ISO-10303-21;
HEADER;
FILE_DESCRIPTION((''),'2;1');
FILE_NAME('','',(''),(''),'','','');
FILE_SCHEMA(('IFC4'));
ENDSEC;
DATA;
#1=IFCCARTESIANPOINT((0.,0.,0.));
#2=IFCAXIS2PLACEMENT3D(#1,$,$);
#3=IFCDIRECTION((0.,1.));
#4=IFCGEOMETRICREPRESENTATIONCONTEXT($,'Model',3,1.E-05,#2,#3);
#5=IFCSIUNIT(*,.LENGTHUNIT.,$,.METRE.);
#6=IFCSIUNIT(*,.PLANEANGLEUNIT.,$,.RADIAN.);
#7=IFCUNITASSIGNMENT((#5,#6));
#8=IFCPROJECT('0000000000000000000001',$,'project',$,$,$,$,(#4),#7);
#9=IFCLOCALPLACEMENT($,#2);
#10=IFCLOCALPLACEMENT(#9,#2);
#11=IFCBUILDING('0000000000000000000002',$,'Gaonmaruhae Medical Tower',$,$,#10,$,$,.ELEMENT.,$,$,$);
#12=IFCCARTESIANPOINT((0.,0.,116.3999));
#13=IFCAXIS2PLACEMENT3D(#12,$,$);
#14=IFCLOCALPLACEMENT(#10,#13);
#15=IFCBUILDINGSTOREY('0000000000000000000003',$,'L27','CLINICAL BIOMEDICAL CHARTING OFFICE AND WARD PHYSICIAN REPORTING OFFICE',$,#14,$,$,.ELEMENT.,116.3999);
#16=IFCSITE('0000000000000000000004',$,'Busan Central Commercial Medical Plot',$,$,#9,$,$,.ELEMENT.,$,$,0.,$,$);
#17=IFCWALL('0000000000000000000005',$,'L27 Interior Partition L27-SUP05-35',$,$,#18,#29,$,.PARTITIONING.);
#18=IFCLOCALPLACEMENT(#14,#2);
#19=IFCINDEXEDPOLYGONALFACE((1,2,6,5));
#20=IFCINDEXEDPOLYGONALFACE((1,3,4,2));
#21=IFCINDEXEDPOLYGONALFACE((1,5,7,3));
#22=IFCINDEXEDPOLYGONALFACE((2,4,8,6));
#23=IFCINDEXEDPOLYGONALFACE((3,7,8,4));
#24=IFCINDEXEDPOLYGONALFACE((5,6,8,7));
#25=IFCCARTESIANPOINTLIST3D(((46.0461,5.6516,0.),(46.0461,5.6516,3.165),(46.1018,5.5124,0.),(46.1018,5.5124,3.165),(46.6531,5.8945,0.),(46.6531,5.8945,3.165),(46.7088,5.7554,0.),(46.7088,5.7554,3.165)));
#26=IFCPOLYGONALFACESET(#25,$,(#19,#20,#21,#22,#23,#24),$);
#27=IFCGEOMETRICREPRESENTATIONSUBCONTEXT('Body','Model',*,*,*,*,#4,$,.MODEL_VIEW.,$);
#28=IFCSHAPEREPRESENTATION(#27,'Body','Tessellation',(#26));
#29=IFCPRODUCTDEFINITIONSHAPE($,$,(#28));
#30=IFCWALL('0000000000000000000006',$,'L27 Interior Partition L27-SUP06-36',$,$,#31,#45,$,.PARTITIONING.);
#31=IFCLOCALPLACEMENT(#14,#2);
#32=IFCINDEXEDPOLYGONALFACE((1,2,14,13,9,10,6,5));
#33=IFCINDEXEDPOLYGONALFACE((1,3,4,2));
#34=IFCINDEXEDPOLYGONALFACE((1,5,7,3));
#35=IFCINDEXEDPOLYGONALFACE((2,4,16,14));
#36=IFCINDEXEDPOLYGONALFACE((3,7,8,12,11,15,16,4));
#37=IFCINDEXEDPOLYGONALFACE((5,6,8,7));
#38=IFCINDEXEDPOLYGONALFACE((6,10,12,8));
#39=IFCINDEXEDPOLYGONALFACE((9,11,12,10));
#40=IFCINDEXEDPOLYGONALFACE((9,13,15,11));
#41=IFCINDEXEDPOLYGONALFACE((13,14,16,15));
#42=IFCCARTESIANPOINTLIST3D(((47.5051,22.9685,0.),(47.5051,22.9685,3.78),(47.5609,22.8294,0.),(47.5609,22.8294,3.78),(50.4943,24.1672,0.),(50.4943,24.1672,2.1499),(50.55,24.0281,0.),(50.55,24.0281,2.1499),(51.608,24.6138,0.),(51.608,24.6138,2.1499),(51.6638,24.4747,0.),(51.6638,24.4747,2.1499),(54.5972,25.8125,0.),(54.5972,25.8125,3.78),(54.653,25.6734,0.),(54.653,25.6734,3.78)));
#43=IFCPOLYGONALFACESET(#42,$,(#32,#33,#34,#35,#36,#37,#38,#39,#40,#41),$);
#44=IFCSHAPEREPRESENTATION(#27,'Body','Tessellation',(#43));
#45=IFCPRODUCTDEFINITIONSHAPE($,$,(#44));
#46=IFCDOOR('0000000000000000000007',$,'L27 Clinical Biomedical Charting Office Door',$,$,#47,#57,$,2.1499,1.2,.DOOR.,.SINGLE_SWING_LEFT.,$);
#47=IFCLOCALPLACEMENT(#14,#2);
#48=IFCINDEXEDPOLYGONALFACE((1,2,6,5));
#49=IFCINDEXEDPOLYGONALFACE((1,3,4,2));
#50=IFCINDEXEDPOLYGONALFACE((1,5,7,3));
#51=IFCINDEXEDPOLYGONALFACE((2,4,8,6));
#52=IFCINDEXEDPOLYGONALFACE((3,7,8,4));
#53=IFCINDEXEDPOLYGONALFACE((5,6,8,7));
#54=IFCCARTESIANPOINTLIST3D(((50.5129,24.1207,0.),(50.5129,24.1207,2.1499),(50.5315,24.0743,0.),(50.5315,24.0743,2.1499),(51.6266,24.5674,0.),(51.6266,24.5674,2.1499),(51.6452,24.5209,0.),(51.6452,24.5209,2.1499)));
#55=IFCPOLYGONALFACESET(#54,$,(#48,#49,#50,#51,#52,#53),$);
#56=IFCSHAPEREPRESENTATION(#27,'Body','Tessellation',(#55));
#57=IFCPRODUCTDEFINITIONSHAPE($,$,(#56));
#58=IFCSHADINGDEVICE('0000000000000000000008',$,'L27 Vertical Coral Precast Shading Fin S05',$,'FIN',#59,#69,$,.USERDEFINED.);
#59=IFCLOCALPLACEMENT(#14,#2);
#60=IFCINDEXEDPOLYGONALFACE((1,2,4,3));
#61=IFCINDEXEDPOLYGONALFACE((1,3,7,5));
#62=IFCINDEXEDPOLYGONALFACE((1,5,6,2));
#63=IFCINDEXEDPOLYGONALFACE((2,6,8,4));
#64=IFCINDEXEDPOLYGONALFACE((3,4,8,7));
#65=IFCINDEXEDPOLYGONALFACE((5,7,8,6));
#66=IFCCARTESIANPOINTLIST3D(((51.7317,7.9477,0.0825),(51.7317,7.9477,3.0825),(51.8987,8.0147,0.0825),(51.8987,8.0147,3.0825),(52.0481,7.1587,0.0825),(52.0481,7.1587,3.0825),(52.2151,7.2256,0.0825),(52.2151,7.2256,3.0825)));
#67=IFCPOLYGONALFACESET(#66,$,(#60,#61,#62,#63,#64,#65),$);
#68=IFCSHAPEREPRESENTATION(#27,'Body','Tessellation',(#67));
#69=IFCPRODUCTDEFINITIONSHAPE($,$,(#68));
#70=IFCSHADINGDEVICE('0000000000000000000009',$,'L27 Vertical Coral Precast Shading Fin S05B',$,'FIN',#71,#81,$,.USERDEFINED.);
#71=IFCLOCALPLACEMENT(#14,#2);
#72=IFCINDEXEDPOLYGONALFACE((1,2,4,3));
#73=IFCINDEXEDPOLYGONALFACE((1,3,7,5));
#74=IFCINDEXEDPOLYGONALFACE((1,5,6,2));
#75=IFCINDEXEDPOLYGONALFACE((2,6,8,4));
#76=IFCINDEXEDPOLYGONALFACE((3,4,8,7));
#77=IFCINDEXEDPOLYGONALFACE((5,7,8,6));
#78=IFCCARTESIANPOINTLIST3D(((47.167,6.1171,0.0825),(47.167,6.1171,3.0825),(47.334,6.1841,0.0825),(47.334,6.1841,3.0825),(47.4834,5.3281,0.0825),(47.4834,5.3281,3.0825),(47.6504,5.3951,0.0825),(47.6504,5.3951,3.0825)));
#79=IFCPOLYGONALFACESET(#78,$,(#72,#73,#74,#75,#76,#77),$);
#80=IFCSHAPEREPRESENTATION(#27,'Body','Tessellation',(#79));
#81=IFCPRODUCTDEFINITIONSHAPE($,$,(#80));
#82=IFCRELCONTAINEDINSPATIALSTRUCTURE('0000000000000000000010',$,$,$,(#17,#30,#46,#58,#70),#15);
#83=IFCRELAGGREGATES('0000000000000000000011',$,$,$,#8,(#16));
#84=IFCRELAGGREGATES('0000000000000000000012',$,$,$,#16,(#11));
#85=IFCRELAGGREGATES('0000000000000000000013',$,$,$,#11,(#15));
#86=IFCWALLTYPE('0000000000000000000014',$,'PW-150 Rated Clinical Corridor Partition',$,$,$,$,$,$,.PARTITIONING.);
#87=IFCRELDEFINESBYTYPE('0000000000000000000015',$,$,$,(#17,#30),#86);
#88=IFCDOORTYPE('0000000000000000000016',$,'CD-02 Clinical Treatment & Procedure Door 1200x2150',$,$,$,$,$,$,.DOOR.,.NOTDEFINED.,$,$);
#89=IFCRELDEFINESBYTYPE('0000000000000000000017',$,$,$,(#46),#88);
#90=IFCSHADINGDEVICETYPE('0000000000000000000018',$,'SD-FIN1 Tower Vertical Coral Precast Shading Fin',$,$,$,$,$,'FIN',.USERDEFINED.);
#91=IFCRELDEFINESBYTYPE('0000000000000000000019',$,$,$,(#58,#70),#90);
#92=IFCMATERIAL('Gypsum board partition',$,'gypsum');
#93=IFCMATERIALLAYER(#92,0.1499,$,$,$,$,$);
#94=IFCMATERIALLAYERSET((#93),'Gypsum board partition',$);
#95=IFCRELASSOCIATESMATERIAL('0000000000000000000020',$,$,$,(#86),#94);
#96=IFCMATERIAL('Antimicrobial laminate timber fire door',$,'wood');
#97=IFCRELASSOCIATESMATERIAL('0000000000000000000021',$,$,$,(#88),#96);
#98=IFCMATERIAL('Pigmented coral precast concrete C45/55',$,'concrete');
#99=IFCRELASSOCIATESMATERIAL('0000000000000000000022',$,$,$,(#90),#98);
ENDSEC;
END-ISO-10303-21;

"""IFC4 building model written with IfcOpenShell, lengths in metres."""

from ifc_helpers import new_model, si_unit, direction, frame, frame_2d, origin, origin_2d, place, context, subcontext, project, spatial, rectangle, extrude, material, layer, layer_set, type_object, element, fill, save


model = new_model("IFC4")

# Units and contexts
model_context = context("Model", 3, precision=1e-05, world=origin(), true_north=direction((0.0, 1.0)))
body_context = subcontext(model_context, "Body", "Model", "MODEL_VIEW")
ifc_project = project(units=[si_unit("LENGTHUNIT", "METRE"), si_unit("PLANEANGLEUNIT", "RADIAN")], contexts=[model_context])

# Site, building, storey
site_placement = place(None, origin())
site = spatial("IfcSite", under=ifc_project, at=site_placement, Name="Busan Central Commercial Medical Plot", CompositionType="ELEMENT", RefElevation=0.0)
building_placement = place(site_placement, origin())
building = spatial("IfcBuilding", under=site, at=building_placement, Name="Gaonmaruhae Medical Tower", CompositionType="ELEMENT")
storey_placement = place(building_placement, frame((0.0, 0.0, 116.3999)))
storey = spatial("IfcBuildingStorey", under=building, at=storey_placement, Name="L27", Description="CLINICAL BIOMEDICAL CHARTING OFFICE AND WARD PHYSICIAN REPORTING OFFICE", CompositionType="ELEMENT", Elevation=116.3999)

# Shared definitions
ifc_material_1 = material(Name="Gypsum board partition", Category="gypsum")
ifc_layer_1 = layer(ifc_material_1, 0.1499)
ifc_layer_set_1 = layer_set([ifc_layer_1], Name="Gypsum board partition")
wall_type_1 = type_object("IfcWallType", Name="PW-150 Rated Clinical Corridor Partition", PredefinedType="PARTITIONING", material=ifc_layer_set_1)

# Shared definitions
ifc_material_2 = material(Name="Antimicrobial laminate timber fire door", Category="wood")
door_type = type_object("IfcDoorType", Name="CD-02 Clinical Treatment & Procedure Door 1200x2150", OperationType="NOTDEFINED", PredefinedType="DOOR", material=ifc_material_2)

# Wall
wall_1_placement = place(storey_placement, frame((46.6809, 5.825, 0.0), z_axis=(0.0, 0.0, 1.0), x_axis=(-0.928399, -0.371584, 0.0)))
element("IfcWall", 1, at=wall_1_placement, inside=storey, type_object=wall_type_1, Name="L27 Interior Partition L27-SUP05-35", PredefinedType="PARTITIONING", context=body_context, shape_type="SweptSolid", body=[
    extrude(rectangle(XDim=0.6538, YDim=0.1499, at=frame_2d((0.3269, 0.0))), origin(), (0.0, 0.0, 1.0), 3.165),
])

# Wall, opening, door
wall_2_placement = place(storey_placement, frame((47.533, 22.8989, 0.0), z_axis=(0.0, 0.0, 1.0), x_axis=(0.928152, 0.3722, 0.0)))
wall_2 = element("IfcWall", 2, at=wall_2_placement, inside=storey, type_object=wall_type_1, Name="L27 Interior Partition L27-SUP06-36", PredefinedType="PARTITIONING", context=body_context, shape_type="SweptSolid", body=[
    extrude(rectangle(XDim=7.6411, YDim=0.1499, at=frame_2d((3.8206, 0.0))), origin(), (0.0, 0.0, 1.0), 3.78),
])
opening_1_placement = place(wall_2_placement, frame((3.2205, 0.0, 0.0)))
opening_1 = element("IfcOpeningElement", 3, at=opening_1_placement, cuts=wall_2, PredefinedType="OPENING", context=body_context, shape_type="SweptSolid", body=[
    extrude(rectangle(XDim=1.2, YDim=2.1499, at=frame_2d((0.6001, 1.075))), frame((0.0, 0.085, 0.0), z_axis=(0.0, -1.0, 0.0), x_axis=(1.0, 0.0, 0.0)), (0.0, 0.0, 1.0), 0.1699),
])
door_1_placement = place(opening_1_placement, origin())
door_1 = element("IfcDoor", 4, at=door_1_placement, inside=storey, type_object=door_type, Name="L27 Clinical Biomedical Charting Office Door", OperationType="SINGLE_SWING_LEFT", OverallHeight=2.1499, OverallWidth=1.2, PredefinedType="DOOR", context=body_context, shape_type="SweptSolid", body=[
    extrude(rectangle(XDim=1.2, YDim=2.1499, at=frame_2d((0.6001, 1.075))), frame((0.0, 0.0249, 0.0), z_axis=(0.0, -1.0, 0.0), x_axis=(1.0, 0.0, 0.0)), (0.0, 0.0, 1.0), 0.05),
])
fill(opening_1, door_1)

# Shading devices
ifc_material_3 = material(Name="Pigmented coral precast concrete C45/55", Category="concrete")
shading_device_type = type_object("IfcShadingDeviceType", Name="SD-FIN1 Tower Vertical Coral Precast Shading Fin", ElementType="FIN", PredefinedType="USERDEFINED", material=ifc_material_3)
for number, where, z_axis, x_axis, name in (
    (5, (51.9734, 7.5867, 0.0825), (0.0, 0.0, 1.0), (-0.928161, -0.372178, 0.0), "L27 Vertical Coral Precast Shading Fin S05"),
    (6, (47.4087, 5.7561, 0.0825), (0.0, 0.0, 1.0), (-0.928161, -0.372178, 0.0), "L27 Vertical Coral Precast Shading Fin S05B"),
):
    element("IfcShadingDevice", number, at=place(storey_placement, frame(where, z_axis=z_axis, x_axis=x_axis)), inside=storey, type_object=shading_device_type, Name=name, ObjectType="FIN", PredefinedType="USERDEFINED", context=body_context, shape_type="SweptSolid", body=[
        extrude(rectangle(XDim=0.1799, YDim=0.8501, at=origin_2d()), origin(), (0.0, 0.0, 1.0), 3.0),
    ])

save(model, "model.ifc")
